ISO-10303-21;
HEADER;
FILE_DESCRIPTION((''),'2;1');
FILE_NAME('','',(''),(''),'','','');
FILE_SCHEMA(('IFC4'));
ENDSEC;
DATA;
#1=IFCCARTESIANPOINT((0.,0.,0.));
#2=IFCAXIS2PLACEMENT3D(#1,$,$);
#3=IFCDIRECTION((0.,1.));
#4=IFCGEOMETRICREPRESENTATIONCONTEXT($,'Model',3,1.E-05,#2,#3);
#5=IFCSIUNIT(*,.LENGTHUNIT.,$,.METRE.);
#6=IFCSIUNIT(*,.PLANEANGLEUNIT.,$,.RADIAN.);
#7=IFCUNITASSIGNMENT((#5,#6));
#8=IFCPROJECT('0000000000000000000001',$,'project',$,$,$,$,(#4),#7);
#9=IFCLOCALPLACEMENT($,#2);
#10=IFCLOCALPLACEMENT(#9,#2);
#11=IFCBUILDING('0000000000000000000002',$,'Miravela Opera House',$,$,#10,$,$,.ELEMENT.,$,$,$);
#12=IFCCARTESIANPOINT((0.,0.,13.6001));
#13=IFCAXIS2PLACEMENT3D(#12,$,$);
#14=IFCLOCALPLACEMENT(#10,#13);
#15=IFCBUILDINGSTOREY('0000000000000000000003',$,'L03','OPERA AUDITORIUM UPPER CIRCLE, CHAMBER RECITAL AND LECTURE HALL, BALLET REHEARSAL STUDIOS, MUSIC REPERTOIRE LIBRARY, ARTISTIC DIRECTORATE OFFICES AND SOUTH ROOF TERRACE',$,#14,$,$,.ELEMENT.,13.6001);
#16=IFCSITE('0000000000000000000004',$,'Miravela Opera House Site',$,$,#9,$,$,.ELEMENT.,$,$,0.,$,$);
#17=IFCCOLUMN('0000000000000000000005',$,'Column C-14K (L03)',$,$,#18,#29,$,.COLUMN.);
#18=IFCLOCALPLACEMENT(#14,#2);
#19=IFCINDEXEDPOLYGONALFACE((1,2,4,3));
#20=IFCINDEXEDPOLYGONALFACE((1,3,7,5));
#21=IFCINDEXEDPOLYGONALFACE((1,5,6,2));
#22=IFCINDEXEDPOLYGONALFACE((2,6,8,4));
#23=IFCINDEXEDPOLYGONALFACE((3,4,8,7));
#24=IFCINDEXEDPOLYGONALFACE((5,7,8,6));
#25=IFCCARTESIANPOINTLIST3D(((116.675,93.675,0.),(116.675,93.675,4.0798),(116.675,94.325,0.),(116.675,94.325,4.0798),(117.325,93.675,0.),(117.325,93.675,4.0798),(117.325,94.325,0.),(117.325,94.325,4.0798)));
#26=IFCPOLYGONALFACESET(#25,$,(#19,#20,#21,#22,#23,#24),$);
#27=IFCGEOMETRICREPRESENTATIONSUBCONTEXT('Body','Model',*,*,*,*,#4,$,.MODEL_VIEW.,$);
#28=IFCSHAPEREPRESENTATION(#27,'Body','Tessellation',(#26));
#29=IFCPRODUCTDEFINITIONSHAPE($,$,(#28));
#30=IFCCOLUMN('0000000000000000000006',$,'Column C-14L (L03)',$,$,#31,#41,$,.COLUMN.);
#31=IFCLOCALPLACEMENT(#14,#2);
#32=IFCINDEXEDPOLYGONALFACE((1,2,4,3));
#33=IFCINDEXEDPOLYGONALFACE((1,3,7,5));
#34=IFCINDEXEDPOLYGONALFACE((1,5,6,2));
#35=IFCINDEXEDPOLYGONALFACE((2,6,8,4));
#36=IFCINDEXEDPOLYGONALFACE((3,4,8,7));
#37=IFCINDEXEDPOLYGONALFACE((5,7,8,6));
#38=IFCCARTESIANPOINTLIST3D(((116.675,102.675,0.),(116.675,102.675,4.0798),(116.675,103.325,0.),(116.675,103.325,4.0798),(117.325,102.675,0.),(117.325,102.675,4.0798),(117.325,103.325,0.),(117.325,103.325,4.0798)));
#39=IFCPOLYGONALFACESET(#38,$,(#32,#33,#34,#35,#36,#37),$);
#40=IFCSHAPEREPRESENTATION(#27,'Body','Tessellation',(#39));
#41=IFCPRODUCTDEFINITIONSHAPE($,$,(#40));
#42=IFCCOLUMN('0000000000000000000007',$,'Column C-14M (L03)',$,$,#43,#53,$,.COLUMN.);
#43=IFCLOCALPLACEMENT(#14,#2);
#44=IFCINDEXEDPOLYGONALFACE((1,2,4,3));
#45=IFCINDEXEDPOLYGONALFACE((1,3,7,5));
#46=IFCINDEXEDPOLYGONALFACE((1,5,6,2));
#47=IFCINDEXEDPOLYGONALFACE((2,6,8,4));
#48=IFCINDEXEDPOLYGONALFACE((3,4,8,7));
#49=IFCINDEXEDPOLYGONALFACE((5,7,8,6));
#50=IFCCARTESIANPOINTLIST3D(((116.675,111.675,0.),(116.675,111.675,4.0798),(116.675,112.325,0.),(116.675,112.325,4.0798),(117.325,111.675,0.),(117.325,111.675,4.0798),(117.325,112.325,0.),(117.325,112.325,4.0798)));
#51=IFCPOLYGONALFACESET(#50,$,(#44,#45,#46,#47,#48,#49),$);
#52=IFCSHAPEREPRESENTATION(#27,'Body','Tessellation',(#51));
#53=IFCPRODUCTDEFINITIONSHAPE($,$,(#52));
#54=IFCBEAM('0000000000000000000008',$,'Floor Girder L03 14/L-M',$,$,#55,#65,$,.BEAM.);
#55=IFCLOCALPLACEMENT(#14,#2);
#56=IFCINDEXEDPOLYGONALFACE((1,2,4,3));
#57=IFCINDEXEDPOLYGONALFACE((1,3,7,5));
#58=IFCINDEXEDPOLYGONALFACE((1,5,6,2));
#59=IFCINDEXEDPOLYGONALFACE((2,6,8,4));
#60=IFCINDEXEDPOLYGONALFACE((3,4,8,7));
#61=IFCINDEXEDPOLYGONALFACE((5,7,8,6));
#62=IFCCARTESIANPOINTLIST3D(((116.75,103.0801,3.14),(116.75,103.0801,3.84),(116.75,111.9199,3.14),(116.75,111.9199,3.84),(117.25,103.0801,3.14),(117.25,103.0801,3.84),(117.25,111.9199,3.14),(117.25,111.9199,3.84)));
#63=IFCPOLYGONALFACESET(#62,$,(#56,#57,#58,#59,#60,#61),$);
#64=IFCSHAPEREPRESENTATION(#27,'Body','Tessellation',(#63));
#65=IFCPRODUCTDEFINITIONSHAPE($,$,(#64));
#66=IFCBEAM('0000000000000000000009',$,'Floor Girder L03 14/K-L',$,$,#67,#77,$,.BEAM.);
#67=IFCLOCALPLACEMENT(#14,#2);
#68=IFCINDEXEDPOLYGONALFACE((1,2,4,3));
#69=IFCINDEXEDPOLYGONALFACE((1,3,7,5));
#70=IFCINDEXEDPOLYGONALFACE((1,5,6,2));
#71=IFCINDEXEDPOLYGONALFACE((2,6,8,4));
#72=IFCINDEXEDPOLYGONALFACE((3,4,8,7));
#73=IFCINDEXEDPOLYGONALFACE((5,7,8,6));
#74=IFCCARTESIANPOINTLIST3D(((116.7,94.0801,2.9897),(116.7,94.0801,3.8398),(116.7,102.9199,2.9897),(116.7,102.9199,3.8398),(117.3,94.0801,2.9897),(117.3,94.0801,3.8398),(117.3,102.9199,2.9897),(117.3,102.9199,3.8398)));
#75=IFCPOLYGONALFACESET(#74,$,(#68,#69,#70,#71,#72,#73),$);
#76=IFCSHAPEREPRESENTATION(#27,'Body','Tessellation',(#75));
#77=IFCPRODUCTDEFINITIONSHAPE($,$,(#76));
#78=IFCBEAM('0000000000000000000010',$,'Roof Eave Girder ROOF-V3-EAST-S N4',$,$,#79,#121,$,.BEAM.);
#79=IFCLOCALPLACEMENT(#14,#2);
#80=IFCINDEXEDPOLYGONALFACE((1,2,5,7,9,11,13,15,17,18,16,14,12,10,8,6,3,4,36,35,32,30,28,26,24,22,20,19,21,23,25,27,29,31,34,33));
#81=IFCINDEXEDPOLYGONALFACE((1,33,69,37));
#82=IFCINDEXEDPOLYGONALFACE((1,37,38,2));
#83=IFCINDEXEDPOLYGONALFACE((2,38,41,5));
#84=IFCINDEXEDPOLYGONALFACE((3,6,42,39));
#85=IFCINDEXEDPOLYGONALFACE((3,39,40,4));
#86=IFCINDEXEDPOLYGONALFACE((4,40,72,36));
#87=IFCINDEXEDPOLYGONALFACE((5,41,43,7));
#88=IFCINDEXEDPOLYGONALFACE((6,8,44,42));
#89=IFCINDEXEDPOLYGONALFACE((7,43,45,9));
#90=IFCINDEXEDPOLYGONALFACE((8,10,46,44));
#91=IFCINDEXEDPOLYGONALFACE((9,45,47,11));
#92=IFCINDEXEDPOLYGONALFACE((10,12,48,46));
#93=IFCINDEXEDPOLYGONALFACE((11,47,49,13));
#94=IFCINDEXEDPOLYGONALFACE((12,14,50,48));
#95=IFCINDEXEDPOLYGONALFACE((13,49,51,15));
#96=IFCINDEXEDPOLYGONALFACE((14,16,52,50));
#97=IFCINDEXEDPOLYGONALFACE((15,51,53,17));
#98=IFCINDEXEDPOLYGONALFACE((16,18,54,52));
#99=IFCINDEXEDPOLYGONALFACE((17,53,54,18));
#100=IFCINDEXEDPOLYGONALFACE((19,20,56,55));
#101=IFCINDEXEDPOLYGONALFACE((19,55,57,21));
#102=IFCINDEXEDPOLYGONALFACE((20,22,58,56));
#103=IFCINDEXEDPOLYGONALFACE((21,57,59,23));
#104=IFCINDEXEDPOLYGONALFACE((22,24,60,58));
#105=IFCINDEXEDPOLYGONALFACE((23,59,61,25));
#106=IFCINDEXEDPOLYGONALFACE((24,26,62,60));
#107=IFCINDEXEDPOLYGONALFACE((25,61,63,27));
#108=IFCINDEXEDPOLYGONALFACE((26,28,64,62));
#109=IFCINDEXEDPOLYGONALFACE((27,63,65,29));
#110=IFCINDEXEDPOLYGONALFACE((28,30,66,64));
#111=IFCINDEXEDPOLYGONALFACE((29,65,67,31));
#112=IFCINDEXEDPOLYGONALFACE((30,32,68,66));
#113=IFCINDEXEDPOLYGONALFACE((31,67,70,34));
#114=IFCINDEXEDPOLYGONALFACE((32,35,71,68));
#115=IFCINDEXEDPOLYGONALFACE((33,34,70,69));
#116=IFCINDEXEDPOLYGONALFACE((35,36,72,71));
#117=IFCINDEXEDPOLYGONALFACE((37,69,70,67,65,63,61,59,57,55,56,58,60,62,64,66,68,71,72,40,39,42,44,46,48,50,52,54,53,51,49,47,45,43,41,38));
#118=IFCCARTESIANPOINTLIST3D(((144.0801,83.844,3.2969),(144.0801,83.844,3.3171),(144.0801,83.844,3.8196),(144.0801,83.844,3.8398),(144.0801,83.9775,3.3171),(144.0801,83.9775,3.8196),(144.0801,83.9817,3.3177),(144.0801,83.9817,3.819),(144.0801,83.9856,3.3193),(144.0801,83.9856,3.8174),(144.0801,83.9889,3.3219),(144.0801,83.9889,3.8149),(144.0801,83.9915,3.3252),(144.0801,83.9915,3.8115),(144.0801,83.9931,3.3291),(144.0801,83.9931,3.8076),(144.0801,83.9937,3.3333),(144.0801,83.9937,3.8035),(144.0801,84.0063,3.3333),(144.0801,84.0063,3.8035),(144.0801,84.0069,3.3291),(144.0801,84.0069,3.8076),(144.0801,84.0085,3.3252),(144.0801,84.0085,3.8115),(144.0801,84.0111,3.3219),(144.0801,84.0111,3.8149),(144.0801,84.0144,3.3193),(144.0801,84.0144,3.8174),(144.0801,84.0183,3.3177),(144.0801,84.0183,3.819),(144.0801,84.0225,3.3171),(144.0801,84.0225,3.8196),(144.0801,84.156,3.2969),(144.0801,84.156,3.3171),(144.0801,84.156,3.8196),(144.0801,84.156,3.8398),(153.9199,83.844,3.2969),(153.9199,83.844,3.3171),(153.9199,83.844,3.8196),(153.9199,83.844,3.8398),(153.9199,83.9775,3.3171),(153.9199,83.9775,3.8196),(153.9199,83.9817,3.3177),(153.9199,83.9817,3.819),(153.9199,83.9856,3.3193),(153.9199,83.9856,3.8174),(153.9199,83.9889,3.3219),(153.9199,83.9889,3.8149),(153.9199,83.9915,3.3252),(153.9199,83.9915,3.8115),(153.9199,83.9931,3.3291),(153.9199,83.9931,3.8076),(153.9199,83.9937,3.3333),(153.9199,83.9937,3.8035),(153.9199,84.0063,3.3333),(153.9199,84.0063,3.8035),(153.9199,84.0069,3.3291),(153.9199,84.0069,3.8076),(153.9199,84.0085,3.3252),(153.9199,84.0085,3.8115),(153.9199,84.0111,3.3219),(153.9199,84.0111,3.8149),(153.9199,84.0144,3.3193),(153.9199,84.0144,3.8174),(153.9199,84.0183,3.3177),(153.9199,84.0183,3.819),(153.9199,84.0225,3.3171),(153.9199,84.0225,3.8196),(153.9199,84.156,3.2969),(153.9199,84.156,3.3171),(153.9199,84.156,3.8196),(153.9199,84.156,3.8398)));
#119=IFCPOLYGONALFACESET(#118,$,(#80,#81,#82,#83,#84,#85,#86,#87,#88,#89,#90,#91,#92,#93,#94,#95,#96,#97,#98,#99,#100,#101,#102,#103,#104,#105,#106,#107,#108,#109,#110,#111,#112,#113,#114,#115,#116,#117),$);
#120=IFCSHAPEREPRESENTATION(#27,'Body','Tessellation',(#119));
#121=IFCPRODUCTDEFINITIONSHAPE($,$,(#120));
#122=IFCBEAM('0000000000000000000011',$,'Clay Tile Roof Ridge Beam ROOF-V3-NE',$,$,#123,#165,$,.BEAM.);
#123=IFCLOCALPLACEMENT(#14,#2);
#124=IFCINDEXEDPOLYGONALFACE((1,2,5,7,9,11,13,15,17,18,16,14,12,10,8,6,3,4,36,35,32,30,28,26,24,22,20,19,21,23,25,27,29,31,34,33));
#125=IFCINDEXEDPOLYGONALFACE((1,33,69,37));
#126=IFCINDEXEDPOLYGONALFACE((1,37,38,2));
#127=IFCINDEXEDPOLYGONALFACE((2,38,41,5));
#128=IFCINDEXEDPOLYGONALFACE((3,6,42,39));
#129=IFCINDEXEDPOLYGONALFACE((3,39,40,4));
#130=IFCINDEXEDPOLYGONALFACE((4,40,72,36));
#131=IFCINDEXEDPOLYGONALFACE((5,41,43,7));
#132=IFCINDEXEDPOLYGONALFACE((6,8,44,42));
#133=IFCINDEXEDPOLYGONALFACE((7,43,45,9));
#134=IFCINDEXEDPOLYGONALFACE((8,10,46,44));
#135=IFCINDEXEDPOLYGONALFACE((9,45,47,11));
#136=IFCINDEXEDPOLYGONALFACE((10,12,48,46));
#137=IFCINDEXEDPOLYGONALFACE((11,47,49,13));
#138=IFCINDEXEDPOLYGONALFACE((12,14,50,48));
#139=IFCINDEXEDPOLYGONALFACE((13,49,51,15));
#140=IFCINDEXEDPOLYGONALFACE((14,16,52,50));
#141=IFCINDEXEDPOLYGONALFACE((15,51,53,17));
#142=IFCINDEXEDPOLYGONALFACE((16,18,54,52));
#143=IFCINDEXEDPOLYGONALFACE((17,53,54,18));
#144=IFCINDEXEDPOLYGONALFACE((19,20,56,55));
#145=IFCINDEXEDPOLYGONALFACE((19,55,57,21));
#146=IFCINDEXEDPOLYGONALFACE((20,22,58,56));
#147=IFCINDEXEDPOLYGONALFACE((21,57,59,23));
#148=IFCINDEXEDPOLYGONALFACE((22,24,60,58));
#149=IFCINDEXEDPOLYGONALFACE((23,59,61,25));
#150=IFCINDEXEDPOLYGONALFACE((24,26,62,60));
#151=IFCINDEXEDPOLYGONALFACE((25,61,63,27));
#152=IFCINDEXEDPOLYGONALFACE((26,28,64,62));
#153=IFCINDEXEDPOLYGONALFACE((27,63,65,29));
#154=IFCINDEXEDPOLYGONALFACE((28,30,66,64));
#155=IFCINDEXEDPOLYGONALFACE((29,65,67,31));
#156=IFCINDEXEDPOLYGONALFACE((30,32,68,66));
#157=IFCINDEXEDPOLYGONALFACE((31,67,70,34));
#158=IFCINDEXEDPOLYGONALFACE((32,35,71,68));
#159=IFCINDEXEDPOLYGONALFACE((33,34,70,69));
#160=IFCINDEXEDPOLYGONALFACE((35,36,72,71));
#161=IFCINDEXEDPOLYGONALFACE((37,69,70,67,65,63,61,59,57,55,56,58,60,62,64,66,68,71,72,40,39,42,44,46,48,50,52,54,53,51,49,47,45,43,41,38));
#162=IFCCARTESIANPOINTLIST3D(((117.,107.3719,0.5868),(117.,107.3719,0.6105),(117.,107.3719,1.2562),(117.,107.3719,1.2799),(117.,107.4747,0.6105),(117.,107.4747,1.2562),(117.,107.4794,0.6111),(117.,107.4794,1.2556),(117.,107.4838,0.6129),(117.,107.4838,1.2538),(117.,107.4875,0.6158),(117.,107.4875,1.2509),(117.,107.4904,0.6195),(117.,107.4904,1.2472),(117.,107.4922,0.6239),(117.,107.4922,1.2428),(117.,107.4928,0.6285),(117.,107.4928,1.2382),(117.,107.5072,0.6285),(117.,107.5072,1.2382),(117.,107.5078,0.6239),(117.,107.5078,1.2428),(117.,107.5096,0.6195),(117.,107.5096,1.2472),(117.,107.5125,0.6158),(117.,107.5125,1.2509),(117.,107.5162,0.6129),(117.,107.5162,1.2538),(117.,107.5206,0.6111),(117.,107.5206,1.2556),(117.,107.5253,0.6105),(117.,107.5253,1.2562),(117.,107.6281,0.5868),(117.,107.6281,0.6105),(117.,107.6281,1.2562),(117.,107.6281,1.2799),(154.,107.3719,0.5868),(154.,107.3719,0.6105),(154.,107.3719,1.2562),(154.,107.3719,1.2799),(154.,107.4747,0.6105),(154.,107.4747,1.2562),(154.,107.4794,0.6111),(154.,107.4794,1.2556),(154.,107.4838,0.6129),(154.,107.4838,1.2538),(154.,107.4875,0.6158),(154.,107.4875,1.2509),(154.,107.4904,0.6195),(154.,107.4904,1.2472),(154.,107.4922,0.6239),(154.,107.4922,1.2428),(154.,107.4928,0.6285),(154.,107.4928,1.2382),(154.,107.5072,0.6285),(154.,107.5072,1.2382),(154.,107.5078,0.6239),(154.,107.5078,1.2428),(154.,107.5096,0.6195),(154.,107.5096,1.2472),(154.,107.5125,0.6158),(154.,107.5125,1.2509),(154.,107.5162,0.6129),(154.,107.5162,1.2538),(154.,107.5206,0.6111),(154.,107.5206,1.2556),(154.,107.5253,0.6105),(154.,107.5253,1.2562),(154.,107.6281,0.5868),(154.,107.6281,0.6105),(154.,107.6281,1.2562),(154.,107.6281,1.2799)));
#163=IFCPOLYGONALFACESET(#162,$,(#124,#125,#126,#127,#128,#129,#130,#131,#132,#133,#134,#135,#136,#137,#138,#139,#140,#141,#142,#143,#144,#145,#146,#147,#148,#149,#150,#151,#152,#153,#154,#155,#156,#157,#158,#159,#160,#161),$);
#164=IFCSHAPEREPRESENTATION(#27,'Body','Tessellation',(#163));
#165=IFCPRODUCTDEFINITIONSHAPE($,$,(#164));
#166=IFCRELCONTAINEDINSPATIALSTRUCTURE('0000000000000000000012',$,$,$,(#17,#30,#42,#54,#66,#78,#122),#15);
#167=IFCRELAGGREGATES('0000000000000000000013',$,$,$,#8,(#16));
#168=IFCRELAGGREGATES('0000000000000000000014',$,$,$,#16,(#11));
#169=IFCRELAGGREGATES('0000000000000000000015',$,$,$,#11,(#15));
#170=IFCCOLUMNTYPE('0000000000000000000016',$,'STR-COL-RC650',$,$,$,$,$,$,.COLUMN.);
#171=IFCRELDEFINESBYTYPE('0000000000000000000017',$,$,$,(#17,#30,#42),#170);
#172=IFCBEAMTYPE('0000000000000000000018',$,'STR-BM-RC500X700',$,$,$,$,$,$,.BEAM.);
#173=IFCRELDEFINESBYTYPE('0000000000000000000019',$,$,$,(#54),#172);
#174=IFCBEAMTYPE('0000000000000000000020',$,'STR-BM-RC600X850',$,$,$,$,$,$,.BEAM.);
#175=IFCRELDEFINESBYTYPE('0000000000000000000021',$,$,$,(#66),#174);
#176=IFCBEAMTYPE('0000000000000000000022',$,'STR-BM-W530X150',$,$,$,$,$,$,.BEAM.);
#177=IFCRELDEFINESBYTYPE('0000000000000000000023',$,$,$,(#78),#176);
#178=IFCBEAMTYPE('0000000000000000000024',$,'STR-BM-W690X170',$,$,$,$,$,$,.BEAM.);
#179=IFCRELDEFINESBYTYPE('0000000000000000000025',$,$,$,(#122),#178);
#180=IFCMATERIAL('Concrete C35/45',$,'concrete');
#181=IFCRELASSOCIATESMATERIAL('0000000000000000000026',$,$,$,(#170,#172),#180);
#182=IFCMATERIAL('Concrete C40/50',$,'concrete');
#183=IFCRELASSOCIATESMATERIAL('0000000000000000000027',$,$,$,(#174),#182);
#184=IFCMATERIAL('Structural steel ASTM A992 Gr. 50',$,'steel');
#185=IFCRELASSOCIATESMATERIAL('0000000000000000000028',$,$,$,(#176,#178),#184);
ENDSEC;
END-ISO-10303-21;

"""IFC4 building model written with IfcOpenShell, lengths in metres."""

from ifc_helpers import new_model, si_unit, direction, frame, origin, origin_2d, place, context, subcontext, project, spatial, rectangle, i_section, extrude, material, material_profile, profile_set, type_object, element, save


model = new_model("IFC4")

# Units and contexts
model_context = context("Model", 3, precision=1e-05, world=origin(), true_north=direction((0.0, 1.0)))
body_context = subcontext(model_context, "Body", "Model", "MODEL_VIEW")
ifc_project = project(units=[si_unit("LENGTHUNIT", "METRE"), si_unit("PLANEANGLEUNIT", "RADIAN")], contexts=[model_context])

# Site, building, storey
site_placement = place(None, origin())
site = spatial("IfcSite", under=ifc_project, at=site_placement, Name="Miravela Opera House Site", CompositionType="ELEMENT", RefElevation=0.0)
building_placement = place(site_placement, origin())
building = spatial("IfcBuilding", under=site, at=building_placement, Name="Miravela Opera House", CompositionType="ELEMENT")
storey_placement = place(building_placement, frame((0.0, 0.0, 13.6001)))
storey = spatial("IfcBuildingStorey", under=building, at=storey_placement, Name="L03", Description="OPERA AUDITORIUM UPPER CIRCLE, CHAMBER RECITAL AND LECTURE HALL, BALLET REHEARSAL STUDIOS, MUSIC REPERTOIRE LIBRARY, ARTISTIC DIRECTORATE OFFICES AND SOUTH ROOF TERRACE", CompositionType="ELEMENT", Elevation=13.6001)

# Columns
ifc_material_1 = material(Name="Concrete C35/45", Category="concrete")
ifc_material_profile_1 = material_profile(ifc_material_1, rectangle(XDim=0.6499, YDim=0.6499, at=origin_2d()), Name="RC-COL-650X650")
ifc_profile_set_1 = profile_set([ifc_material_profile_1])
column_type = type_object("IfcColumnType", Name="STR-COL-RC650", PredefinedType="COLUMN", material=ifc_profile_set_1)
for number, where, z_axis, x_axis, name in (
    (1, (117.0, 94.0, 0.0), (0.0, 0.0, 1.0), (1.0, 0.0, 0.0), "Column C-14K (L03)"),
    (2, (117.0, 103.0, 0.0), (0.0, 0.0, 1.0), (1.0, 0.0, 0.0), "Column C-14L (L03)"),
    (3, (117.0, 112.0, 0.0), (0.0, 0.0, 1.0), (1.0, 0.0, 0.0), "Column C-14M (L03)"),
):
    element("IfcColumn", number, at=place(storey_placement, frame(where, z_axis=z_axis, x_axis=x_axis)), inside=storey, type_object=column_type, Name=name, PredefinedType="COLUMN", context=body_context, shape_type="SweptSolid", body=[
        extrude(rectangle(XDim=0.6499, YDim=0.6499, at=origin_2d()), origin(), (0.0, 0.0, 1.0), 4.0798),
    ])

# Beams
ifc_material_profile_2 = material_profile(ifc_material_1, rectangle(XDim=0.5, YDim=0.7, at=origin_2d()), Name="RC-BM-500X700")
ifc_profile_set_2 = profile_set([ifc_material_profile_2])
beam_type_1 = type_object("IfcBeamType", Name="STR-BM-RC500X700", PredefinedType="BEAM", material=ifc_profile_set_2)
beam_1_placement = place(storey_placement, frame((117.0, 103.0801, 3.49), z_axis=(0.0, 1.0, 0.0), x_axis=(-1.0, 0.0, 0.0)))
element("IfcBeam", 4, at=beam_1_placement, inside=storey, type_object=beam_type_1, Name="Floor Girder L03 14/L-M", PredefinedType="BEAM", context=body_context, shape_type="SweptSolid", body=[
    extrude(rectangle(XDim=0.5, YDim=0.7, at=origin_2d()), origin(), (0.0, 0.0, 1.0), 8.8398),
])
ifc_material_2 = material(Name="Concrete C40/50", Category="concrete")
ifc_material_profile_3 = material_profile(ifc_material_2, rectangle(XDim=0.6001, YDim=0.8501, at=origin_2d()), Name="RC-BM-600X850")
ifc_profile_set_3 = profile_set([ifc_material_profile_3])
beam_type_2 = type_object("IfcBeamType", Name="STR-BM-RC600X850", PredefinedType="BEAM", material=ifc_profile_set_3)
beam_2_placement = place(storey_placement, frame((117.0, 94.0801, 3.4148), z_axis=(0.0, 1.0, 0.0), x_axis=(-1.0, 0.0, 0.0)))
element("IfcBeam", 5, at=beam_2_placement, inside=storey, type_object=beam_type_2, Name="Floor Girder L03 14/K-L", PredefinedType="BEAM", context=body_context, shape_type="SweptSolid", body=[
    extrude(rectangle(XDim=0.6001, YDim=0.8501, at=origin_2d()), origin(), (0.0, 0.0, 1.0), 8.8398),
])
ifc_material_3 = material(Name="Structural steel ASTM A992 Gr. 50", Category="steel")
ifc_material_profile_4 = material_profile(ifc_material_3, i_section(OverallWidth=0.312, OverallDepth=0.543, WebThickness=0.0127, FlangeThickness=0.0203, FilletRadius=0.0161, at=origin_2d()), Name="W530X150")
ifc_profile_set_4 = profile_set([ifc_material_profile_4])
beam_type_3 = type_object("IfcBeamType", Name="STR-BM-W530X150", PredefinedType="BEAM", material=ifc_profile_set_4)
beam_3_placement = place(storey_placement, frame((144.0801, 84.0, 3.5684), z_axis=(1.0, 0.0, 0.0), x_axis=(0.0, 1.0, 0.0)))
element("IfcBeam", 6, at=beam_3_placement, inside=storey, type_object=beam_type_3, Name="Roof Eave Girder ROOF-V3-EAST-S N4", PredefinedType="BEAM", context=body_context, shape_type="SweptSolid", body=[
    extrude(i_section(OverallWidth=0.312, OverallDepth=0.543, WebThickness=0.0127, FlangeThickness=0.0203, FilletRadius=0.0161, at=origin_2d()), origin(), (0.0, 0.0, 1.0), 9.8398),
])
ifc_material_profile_5 = material_profile(ifc_material_3, i_section(OverallWidth=0.2561, OverallDepth=0.6931, WebThickness=0.0144, FlangeThickness=0.0237, FilletRadius=0.0181, at=origin_2d()), Name="W690X170")
ifc_profile_set_5 = profile_set([ifc_material_profile_5])
beam_type_4 = type_object("IfcBeamType", Name="STR-BM-W690X170", PredefinedType="BEAM", material=ifc_profile_set_5)
beam_4_placement = place(storey_placement, frame((117.0, 107.5, 0.9333), z_axis=(1.0, 0.0, 0.0), x_axis=(0.0, 1.0, 0.0)))
element("IfcBeam", 7, at=beam_4_placement, inside=storey, type_object=beam_type_4, Name="Clay Tile Roof Ridge Beam ROOF-V3-NE", PredefinedType="BEAM", context=body_context, shape_type="SweptSolid", body=[
    extrude(i_section(OverallWidth=0.2561, OverallDepth=0.6931, WebThickness=0.0144, FlangeThickness=0.0237, FilletRadius=0.0181, at=origin_2d()), origin(), (0.0, 0.0, 1.0), 37.0),
])

save(model, "model.ifc")
